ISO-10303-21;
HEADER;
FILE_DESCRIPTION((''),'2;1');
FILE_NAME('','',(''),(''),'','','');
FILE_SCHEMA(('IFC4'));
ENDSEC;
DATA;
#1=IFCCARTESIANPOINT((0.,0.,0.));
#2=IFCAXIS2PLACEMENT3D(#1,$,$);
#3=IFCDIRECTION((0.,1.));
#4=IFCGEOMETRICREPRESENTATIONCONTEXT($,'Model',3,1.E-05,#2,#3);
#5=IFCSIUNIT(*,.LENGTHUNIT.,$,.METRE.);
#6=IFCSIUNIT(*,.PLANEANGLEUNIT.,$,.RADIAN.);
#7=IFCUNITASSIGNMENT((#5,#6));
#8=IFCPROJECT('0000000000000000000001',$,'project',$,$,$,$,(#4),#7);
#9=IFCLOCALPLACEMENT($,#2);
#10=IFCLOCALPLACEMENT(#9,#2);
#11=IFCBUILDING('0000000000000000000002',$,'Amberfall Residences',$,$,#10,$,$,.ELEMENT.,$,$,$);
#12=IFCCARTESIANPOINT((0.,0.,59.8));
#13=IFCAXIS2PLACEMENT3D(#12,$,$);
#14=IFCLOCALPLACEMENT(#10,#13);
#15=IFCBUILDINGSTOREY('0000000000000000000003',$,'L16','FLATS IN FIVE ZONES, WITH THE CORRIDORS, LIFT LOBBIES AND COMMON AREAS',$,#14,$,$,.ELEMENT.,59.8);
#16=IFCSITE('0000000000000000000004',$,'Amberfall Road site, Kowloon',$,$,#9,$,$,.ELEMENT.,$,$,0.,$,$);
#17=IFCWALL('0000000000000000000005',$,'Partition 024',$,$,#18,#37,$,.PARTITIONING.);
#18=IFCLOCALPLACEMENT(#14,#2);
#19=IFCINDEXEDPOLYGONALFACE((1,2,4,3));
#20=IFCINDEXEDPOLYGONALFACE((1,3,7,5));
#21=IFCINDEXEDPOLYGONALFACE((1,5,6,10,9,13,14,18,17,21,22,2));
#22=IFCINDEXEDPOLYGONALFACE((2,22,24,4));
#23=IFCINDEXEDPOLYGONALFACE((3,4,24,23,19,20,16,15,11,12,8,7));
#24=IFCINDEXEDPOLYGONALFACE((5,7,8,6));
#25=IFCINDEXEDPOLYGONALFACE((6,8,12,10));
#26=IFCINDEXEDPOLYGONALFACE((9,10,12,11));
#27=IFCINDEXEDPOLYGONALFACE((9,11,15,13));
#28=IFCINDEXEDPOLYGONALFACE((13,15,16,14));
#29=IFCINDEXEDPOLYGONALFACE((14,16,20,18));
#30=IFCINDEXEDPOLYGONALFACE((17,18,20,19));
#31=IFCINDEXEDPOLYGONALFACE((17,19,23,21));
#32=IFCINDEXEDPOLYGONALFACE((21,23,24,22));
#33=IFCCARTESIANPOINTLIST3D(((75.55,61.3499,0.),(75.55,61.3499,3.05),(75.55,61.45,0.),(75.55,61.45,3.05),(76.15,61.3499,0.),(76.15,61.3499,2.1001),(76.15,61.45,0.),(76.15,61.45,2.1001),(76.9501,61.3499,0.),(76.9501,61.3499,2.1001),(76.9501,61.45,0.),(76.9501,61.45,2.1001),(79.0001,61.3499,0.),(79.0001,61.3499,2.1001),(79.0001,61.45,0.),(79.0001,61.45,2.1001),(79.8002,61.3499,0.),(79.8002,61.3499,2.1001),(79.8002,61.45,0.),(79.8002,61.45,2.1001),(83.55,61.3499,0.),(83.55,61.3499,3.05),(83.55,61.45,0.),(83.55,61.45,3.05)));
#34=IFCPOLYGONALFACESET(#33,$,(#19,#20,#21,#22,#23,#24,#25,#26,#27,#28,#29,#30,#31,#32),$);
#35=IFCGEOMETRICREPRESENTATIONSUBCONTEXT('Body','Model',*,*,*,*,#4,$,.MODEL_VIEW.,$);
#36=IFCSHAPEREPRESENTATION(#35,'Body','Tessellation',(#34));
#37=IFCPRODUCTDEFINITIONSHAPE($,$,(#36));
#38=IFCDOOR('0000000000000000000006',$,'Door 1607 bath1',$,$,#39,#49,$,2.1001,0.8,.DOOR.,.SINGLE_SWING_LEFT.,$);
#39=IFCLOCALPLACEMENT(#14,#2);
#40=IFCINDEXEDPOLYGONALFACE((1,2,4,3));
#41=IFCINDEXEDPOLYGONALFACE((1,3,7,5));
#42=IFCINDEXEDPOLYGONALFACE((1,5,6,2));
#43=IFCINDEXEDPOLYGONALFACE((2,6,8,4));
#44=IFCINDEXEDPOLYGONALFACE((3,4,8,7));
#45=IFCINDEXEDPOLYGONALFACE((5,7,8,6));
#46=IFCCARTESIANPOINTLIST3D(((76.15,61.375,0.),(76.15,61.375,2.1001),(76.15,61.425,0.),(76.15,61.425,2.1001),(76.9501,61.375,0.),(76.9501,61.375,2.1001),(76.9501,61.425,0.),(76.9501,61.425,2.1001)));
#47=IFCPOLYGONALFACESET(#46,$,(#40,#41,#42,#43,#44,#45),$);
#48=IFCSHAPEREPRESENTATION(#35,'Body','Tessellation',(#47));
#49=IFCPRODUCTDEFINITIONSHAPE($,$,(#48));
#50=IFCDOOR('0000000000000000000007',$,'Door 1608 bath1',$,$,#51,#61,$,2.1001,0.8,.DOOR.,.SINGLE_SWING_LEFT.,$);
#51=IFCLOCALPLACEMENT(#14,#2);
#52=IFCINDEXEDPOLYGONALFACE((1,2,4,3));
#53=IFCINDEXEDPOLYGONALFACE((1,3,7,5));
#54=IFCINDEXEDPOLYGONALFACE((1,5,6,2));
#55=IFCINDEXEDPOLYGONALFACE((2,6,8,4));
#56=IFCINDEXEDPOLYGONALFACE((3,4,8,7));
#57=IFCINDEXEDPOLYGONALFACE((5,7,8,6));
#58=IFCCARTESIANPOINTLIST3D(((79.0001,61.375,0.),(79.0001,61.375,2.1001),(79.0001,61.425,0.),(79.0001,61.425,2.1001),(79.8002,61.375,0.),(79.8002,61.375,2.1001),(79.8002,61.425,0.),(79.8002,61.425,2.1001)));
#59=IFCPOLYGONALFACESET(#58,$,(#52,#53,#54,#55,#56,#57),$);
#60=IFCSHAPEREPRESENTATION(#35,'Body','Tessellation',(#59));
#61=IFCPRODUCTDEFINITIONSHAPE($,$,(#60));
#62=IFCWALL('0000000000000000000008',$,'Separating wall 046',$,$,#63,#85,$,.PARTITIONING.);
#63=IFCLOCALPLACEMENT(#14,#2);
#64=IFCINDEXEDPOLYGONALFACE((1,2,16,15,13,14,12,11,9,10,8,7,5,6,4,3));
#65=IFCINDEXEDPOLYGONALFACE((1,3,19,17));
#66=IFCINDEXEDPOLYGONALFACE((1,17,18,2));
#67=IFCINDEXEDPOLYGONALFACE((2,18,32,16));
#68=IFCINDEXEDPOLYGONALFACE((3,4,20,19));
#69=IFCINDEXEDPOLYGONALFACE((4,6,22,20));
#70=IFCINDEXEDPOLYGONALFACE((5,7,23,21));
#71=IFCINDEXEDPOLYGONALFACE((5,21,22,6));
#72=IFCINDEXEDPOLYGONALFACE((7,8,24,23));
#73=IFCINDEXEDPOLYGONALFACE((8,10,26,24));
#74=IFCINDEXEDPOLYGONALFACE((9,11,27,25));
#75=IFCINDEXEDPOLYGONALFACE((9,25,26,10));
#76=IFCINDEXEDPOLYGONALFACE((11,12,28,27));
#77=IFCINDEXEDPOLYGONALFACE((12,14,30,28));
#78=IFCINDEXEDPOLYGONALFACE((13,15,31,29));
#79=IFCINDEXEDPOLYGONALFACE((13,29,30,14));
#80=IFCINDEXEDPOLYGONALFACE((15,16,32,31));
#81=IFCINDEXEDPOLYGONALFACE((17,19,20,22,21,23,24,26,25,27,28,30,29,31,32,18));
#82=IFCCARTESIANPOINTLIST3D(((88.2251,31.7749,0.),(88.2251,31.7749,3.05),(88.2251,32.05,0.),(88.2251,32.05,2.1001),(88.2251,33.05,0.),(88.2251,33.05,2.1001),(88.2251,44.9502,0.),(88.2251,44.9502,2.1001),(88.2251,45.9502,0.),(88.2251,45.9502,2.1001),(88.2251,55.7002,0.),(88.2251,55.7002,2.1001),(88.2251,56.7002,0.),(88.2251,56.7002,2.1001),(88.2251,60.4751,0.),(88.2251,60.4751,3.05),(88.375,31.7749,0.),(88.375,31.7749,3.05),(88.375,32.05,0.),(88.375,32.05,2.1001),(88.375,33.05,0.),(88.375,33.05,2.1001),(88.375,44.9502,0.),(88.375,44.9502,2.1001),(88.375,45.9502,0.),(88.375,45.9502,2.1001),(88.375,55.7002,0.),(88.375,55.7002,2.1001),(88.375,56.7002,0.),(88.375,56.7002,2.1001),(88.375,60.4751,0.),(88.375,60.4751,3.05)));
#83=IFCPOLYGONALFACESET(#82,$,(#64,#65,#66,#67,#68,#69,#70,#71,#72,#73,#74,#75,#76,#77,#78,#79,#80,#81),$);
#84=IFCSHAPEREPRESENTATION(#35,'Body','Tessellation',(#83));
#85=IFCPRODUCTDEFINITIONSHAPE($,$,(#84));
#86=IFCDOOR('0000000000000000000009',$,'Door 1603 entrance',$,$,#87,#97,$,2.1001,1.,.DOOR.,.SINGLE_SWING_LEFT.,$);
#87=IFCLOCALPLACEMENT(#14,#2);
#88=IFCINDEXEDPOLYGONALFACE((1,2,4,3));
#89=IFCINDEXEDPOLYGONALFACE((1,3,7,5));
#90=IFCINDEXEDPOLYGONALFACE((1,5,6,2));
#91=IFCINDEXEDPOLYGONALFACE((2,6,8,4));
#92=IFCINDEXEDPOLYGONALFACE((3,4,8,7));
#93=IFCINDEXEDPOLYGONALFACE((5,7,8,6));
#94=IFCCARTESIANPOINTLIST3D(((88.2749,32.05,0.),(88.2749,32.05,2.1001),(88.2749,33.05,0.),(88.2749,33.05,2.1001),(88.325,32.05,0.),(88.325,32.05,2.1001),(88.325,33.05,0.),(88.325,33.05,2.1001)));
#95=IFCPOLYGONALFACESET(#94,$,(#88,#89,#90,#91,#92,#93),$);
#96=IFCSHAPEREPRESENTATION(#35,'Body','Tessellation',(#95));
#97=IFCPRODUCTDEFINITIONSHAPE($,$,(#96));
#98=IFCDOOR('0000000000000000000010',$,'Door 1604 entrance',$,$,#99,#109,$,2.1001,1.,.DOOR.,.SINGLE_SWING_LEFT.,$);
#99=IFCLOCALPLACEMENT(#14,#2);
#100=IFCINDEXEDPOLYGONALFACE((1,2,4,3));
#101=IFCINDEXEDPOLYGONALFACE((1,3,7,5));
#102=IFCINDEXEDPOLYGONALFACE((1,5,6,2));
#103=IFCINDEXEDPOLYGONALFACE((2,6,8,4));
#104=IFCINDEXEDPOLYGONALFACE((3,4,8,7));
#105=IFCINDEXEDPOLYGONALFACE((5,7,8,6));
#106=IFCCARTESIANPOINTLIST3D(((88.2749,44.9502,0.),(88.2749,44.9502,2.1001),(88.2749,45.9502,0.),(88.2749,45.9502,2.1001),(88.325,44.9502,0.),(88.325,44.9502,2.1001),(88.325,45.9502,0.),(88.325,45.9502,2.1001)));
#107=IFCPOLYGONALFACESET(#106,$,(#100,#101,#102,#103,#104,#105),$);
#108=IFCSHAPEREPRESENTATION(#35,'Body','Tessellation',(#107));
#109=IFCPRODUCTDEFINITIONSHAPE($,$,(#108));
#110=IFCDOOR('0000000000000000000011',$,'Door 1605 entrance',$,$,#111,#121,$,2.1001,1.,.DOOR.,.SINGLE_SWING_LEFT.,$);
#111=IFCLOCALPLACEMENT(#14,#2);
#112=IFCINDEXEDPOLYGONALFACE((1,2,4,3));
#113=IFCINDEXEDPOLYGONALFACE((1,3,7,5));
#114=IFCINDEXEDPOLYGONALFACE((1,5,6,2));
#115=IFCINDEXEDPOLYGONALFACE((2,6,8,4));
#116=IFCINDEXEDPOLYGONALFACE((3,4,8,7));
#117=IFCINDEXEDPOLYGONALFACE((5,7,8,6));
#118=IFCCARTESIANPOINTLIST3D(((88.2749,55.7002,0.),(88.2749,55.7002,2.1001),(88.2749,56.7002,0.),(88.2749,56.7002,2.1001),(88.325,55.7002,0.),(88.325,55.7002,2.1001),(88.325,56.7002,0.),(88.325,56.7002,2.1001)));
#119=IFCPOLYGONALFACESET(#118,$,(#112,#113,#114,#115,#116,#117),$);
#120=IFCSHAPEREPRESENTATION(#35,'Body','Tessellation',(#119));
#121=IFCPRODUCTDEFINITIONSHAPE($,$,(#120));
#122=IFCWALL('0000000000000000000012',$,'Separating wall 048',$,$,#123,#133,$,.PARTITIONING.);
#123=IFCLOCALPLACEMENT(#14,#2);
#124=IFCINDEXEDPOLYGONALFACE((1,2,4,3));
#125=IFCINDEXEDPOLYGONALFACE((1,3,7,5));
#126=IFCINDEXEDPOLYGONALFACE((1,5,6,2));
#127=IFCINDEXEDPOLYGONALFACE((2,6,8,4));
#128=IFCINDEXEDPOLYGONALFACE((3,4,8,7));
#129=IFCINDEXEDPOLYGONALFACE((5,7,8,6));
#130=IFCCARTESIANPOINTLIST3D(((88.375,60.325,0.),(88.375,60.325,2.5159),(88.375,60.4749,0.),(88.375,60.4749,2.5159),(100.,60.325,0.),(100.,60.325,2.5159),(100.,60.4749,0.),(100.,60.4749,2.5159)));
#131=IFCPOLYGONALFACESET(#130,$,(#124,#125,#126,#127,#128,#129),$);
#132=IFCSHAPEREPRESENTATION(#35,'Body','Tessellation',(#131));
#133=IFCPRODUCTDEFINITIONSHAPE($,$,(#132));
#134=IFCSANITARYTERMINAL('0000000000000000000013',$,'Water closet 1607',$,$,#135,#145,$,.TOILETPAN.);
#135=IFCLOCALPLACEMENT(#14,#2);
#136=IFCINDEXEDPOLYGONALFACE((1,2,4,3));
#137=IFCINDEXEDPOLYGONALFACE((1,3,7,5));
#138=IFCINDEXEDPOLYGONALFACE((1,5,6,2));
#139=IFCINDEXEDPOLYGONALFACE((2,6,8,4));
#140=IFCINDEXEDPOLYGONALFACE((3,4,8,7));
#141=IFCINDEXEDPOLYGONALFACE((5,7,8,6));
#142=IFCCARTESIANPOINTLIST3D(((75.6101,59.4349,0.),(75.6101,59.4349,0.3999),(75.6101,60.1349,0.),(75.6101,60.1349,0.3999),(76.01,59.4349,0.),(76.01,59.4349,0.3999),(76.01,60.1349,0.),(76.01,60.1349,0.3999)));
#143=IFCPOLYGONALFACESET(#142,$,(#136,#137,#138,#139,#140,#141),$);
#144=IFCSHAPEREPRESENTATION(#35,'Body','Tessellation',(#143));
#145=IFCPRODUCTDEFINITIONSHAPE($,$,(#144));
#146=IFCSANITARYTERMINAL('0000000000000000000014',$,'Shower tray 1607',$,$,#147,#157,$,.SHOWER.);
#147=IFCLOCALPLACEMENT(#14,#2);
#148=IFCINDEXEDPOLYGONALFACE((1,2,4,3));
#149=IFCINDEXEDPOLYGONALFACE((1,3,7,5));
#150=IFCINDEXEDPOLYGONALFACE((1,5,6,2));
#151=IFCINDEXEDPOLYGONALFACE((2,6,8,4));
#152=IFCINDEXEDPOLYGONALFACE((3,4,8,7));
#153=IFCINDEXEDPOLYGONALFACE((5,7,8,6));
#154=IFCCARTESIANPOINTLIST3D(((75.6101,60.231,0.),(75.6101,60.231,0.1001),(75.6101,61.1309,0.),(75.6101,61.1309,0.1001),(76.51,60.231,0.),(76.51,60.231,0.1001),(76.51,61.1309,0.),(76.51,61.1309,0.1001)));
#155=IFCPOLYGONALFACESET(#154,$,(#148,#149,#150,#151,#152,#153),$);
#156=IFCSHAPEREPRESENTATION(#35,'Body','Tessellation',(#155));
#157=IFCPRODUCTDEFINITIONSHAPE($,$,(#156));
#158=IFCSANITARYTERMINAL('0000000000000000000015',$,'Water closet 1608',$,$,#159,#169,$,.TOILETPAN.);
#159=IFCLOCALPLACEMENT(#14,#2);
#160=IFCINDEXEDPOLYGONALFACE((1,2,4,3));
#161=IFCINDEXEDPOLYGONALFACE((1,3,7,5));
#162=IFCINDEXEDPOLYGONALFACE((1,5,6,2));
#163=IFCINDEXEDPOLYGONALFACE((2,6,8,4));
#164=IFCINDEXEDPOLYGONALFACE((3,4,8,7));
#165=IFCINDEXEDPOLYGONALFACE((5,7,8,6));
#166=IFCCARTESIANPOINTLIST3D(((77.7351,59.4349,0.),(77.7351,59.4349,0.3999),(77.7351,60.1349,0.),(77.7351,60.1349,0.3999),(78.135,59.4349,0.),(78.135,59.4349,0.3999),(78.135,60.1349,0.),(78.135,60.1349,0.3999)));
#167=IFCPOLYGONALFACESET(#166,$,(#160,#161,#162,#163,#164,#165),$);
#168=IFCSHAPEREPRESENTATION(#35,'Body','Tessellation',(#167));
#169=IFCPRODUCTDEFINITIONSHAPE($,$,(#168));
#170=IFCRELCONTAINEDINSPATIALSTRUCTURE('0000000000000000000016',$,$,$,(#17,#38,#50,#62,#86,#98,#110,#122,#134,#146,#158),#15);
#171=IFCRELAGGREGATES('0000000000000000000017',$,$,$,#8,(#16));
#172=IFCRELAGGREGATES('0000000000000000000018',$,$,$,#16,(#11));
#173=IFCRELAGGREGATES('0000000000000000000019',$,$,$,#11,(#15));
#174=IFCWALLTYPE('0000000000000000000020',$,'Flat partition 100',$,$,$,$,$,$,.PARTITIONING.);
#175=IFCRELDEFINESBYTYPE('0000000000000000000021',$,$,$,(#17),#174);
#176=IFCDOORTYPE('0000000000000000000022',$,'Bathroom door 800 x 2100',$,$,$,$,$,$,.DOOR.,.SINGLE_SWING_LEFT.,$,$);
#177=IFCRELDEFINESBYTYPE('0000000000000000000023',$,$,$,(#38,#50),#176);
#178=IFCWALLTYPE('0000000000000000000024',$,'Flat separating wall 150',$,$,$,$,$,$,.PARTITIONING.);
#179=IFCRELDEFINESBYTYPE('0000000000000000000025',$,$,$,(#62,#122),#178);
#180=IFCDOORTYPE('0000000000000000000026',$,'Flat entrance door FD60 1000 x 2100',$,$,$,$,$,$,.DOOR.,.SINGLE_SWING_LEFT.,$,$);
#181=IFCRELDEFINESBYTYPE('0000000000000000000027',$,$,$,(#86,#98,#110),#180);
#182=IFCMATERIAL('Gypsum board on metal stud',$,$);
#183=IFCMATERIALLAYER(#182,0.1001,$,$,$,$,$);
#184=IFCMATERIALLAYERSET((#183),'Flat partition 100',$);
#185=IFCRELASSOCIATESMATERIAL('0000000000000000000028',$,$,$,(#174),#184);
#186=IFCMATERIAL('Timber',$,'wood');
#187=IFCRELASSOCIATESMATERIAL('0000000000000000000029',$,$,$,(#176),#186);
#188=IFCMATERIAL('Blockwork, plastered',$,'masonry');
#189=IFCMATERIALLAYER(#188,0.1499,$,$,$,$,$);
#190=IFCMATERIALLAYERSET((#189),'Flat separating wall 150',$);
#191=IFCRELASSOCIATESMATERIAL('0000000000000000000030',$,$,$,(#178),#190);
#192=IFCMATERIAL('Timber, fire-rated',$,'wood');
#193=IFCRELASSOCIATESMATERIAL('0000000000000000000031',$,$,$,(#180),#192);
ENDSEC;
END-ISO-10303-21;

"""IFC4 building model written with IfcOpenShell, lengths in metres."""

from ifc_helpers import new_model, si_unit, direction, frame, frame_2d, origin, origin_2d, place, context, subcontext, project, spatial, rectangle, extrude, material, layer, layer_set, type_object, element, fill, save


model = new_model("IFC4")

# Units and contexts
model_context = context("Model", 3, precision=1e-05, world=origin(), true_north=direction((0.0, 1.0)))
body_context = subcontext(model_context, "Body", "Model", "MODEL_VIEW")
ifc_project = project(units=[si_unit("LENGTHUNIT", "METRE"), si_unit("PLANEANGLEUNIT", "RADIAN")], contexts=[model_context])

# Site, building, storey
site_placement = place(None, origin())
site = spatial("IfcSite", under=ifc_project, at=site_placement, Name="Amberfall Road site, Kowloon", CompositionType="ELEMENT", RefElevation=0.0)
building_placement = place(site_placement, origin())
building = spatial("IfcBuilding", under=site, at=building_placement, Name="Amberfall Residences", CompositionType="ELEMENT")
storey_placement = place(building_placement, frame((0.0, 0.0, 59.8)))
storey = spatial("IfcBuildingStorey", under=building, at=storey_placement, Name="L16", Description="FLATS IN FIVE ZONES, WITH THE CORRIDORS, LIFT LOBBIES AND COMMON AREAS", CompositionType="ELEMENT", Elevation=59.8)

# Walls, openings, doors
ifc_material_1 = material(Name="Gypsum board on metal stud")
ifc_layer_1 = layer(ifc_material_1, 0.1001)
ifc_layer_set_1 = layer_set([ifc_layer_1], Name="Flat partition 100")
wall_type_1 = type_object("IfcWallType", Name="Flat partition 100", PredefinedType="PARTITIONING", material=ifc_layer_set_1)
wall_1_placement = place(storey_placement, frame((83.55, 61.3999, 0.0), z_axis=(0.0, 0.0, 1.0), x_axis=(-1.0, 0.0, 0.0)))
wall_1 = element("IfcWall", 1, at=wall_1_placement, inside=storey, type_object=wall_type_1, Name="Partition 024", PredefinedType="PARTITIONING", context=body_context, shape_type="SweptSolid", body=[
    extrude(rectangle(XDim=8.0, YDim=0.1001, at=frame_2d((4.0, 0.0))), origin(), (0.0, 0.0, 1.0), 3.05),
])
opening_1_placement = place(wall_1_placement, frame((6.6001, 0.0, 0.0)))
opening_1 = element("IfcOpeningElement", 2, at=opening_1_placement, cuts=wall_1, PredefinedType="OPENING", context=body_context, shape_type="SweptSolid", body=[
    extrude(rectangle(XDim=0.8, YDim=2.1001, at=frame_2d((0.3999, 1.05))), frame((0.0, 0.0601, 0.0), z_axis=(0.0, -1.0, 0.0), x_axis=(1.0, 0.0, 0.0)), (0.0, 0.0, 1.0), 0.1201),
])
opening_2_placement = place(wall_1_placement, frame((3.75, 0.0, 0.0)))
opening_2 = element("IfcOpeningElement", 3, at=opening_2_placement, cuts=wall_1, PredefinedType="OPENING", context=body_context, shape_type="SweptSolid", body=[
    extrude(rectangle(XDim=0.8, YDim=2.1001, at=frame_2d((0.3999, 1.05))), frame((0.0, 0.0601, 0.0), z_axis=(0.0, -1.0, 0.0), x_axis=(1.0, 0.0, 0.0)), (0.0, 0.0, 1.0), 0.1201),
])
ifc_material_2 = material(Name="Timber", Category="wood")
door_type_1 = type_object("IfcDoorType", Name="Bathroom door 800 x 2100", OperationType="SINGLE_SWING_LEFT", PredefinedType="DOOR", material=ifc_material_2)
door_1_placement = place(opening_1_placement, origin())
door_1 = element("IfcDoor", 4, at=door_1_placement, inside=storey, type_object=door_type_1, Name="Door 1607 bath1", OperationType="SINGLE_SWING_LEFT", OverallHeight=2.1001, OverallWidth=0.8, PredefinedType="DOOR", context=body_context, shape_type="SweptSolid", body=[
    extrude(rectangle(XDim=0.8, YDim=2.1001, at=frame_2d((0.3999, 1.05))), frame((0.0, 0.0249, 0.0), z_axis=(0.0, -1.0, 0.0), x_axis=(1.0, 0.0, 0.0)), (0.0, 0.0, 1.0), 0.05),
])
fill(opening_1, door_1)
door_2_placement = place(opening_2_placement, origin())
door_2 = element("IfcDoor", 5, at=door_2_placement, inside=storey, type_object=door_type_1, Name="Door 1608 bath1", OperationType="SINGLE_SWING_LEFT", OverallHeight=2.1001, OverallWidth=0.8, PredefinedType="DOOR", context=body_context, shape_type="SweptSolid", body=[
    extrude(rectangle(XDim=0.8, YDim=2.1001, at=frame_2d((0.3999, 1.05))), frame((0.0, 0.0249, 0.0), z_axis=(0.0, -1.0, 0.0), x_axis=(1.0, 0.0, 0.0)), (0.0, 0.0, 1.0), 0.05),
])
fill(opening_2, door_2)
ifc_material_3 = material(Name="Blockwork, plastered", Category="masonry")
ifc_layer_2 = layer(ifc_material_3, 0.1499)
ifc_layer_set_2 = layer_set([ifc_layer_2], Name="Flat separating wall 150")
wall_type_2 = type_object("IfcWallType", Name="Flat separating wall 150", PredefinedType="PARTITIONING", material=ifc_layer_set_2)
wall_2_placement = place(storey_placement, frame((88.3, 60.4751, 0.0), z_axis=(0.0, 0.0, 1.0), x_axis=(0.0, -1.0, 0.0)))
wall_2 = element("IfcWall", 6, at=wall_2_placement, inside=storey, type_object=wall_type_2, Name="Separating wall 046", PredefinedType="PARTITIONING", context=body_context, shape_type="SweptSolid", body=[
    extrude(rectangle(XDim=28.7002, YDim=0.1499, at=frame_2d((14.3501, 0.0))), origin(), (0.0, 0.0, 1.0), 3.05),
])
opening_3_placement = place(wall_2_placement, frame((27.425, 0.0, 0.0)))
opening_3 = element("IfcOpeningElement", 7, at=opening_3_placement, cuts=wall_2, PredefinedType="OPENING", context=body_context, shape_type="SweptSolid", body=[
    extrude(rectangle(XDim=1.0, YDim=2.1001, at=frame_2d((0.5, 1.05))), frame((0.0, 0.085, 0.0), z_axis=(0.0, -1.0, 0.0), x_axis=(1.0, 0.0, 0.0)), (0.0, 0.0, 1.0), 0.1699),
])
opening_4_placement = place(wall_2_placement, frame((14.5249, 0.0, 0.0)))
opening_4 = element("IfcOpeningElement", 8, at=opening_4_placement, cuts=wall_2, PredefinedType="OPENING", context=body_context, shape_type="SweptSolid", body=[
    extrude(rectangle(XDim=1.0, YDim=2.1001, at=frame_2d((0.5, 1.05))), frame((0.0, 0.085, 0.0), z_axis=(0.0, -1.0, 0.0), x_axis=(1.0, 0.0, 0.0)), (0.0, 0.0, 1.0), 0.1699),
])
opening_5_placement = place(wall_2_placement, frame((3.7749, 0.0, 0.0)))
opening_5 = element("IfcOpeningElement", 9, at=opening_5_placement, cuts=wall_2, PredefinedType="OPENING", context=body_context, shape_type="SweptSolid", body=[
    extrude(rectangle(XDim=1.0, YDim=2.1001, at=frame_2d((0.5, 1.05))), frame((0.0, 0.085, 0.0), z_axis=(0.0, -1.0, 0.0), x_axis=(1.0, 0.0, 0.0)), (0.0, 0.0, 1.0), 0.1699),
])
ifc_material_4 = material(Name="Timber, fire-rated", Category="wood")
door_type_2 = type_object("IfcDoorType", Name="Flat entrance door FD60 1000 x 2100", OperationType="SINGLE_SWING_LEFT", PredefinedType="DOOR", material=ifc_material_4)
door_3_placement = place(opening_3_placement, origin())
door_3 = element("IfcDoor", 10, at=door_3_placement, inside=storey, type_object=door_type_2, Name="Door 1603 entrance", OperationType="SINGLE_SWING_LEFT", OverallHeight=2.1001, OverallWidth=1.0, PredefinedType="DOOR", context=body_context, shape_type="SweptSolid", body=[
    extrude(rectangle(XDim=1.0, YDim=2.1001, at=frame_2d((0.5, 1.05))), frame((0.0, 0.0249, 0.0), z_axis=(0.0, -1.0, 0.0), x_axis=(1.0, 0.0, 0.0)), (0.0, 0.0, 1.0), 0.05),
])
fill(opening_3, door_3)
door_4_placement = place(opening_4_placement, origin())
door_4 = element("IfcDoor", 11, at=door_4_placement, inside=storey, type_object=door_type_2, Name="Door 1604 entrance", OperationType="SINGLE_SWING_LEFT", OverallHeight=2.1001, OverallWidth=1.0, PredefinedType="DOOR", context=body_context, shape_type="SweptSolid", body=[
    extrude(rectangle(XDim=1.0, YDim=2.1001, at=frame_2d((0.5, 1.05))), frame((0.0, 0.0249, 0.0), z_axis=(0.0, -1.0, 0.0), x_axis=(1.0, 0.0, 0.0)), (0.0, 0.0, 1.0), 0.05),
])
fill(opening_4, door_4)
door_5_placement = place(opening_5_placement, origin())
door_5 = element("IfcDoor", 12, at=door_5_placement, inside=storey, type_object=door_type_2, Name="Door 1605 entrance", OperationType="SINGLE_SWING_LEFT", OverallHeight=2.1001, OverallWidth=1.0, PredefinedType="DOOR", context=body_context, shape_type="SweptSolid", body=[
    extrude(rectangle(XDim=1.0, YDim=2.1001, at=frame_2d((0.5, 1.05))), frame((0.0, 0.0249, 0.0), z_axis=(0.0, -1.0, 0.0), x_axis=(1.0, 0.0, 0.0)), (0.0, 0.0, 1.0), 0.05),
])
fill(opening_5, door_5)

# Wall
wall_3_placement = place(storey_placement, frame((88.375, 60.3999, 0.0), z_axis=(0.0, 0.0, 1.0), x_axis=(1.0, 0.0, 0.0)))
element("IfcWall", 13, at=wall_3_placement, inside=storey, type_object=wall_type_2, Name="Separating wall 048", PredefinedType="PARTITIONING", context=body_context, shape_type="SweptSolid", body=[
    extrude(rectangle(XDim=11.625, YDim=0.1499, at=frame_2d((5.8125, 0.0))), origin(), (0.0, 0.0, 1.0), 2.5159),
])

# Sanitary terminals
sanitary_terminal_1_placement = place(storey_placement, frame((75.8101, 59.7849, 0.0), z_axis=(0.0, 0.0, 1.0), x_axis=(1.0, 0.0, 0.0)))
element("IfcSanitaryTerminal", 14, at=sanitary_terminal_1_placement, inside=storey, Name="Water closet 1607", PredefinedType="TOILETPAN", context=body_context, shape_type="SweptSolid", body=[
    extrude(rectangle(XDim=0.3999, YDim=0.7, at=origin_2d()), origin(), (0.0, 0.0, 1.0), 0.3999),
])
sanitary_terminal_2_placement = place(storey_placement, frame((76.0601, 60.6809, 0.0), z_axis=(0.0, 0.0, 1.0), x_axis=(1.0, 0.0, 0.0)))
element("IfcSanitaryTerminal", 15, at=sanitary_terminal_2_placement, inside=storey, Name="Shower tray 1607", PredefinedType="SHOWER", context=body_context, shape_type="SweptSolid", body=[
    extrude(rectangle(XDim=0.8999, YDim=0.8999, at=origin_2d()), origin(), (0.0, 0.0, 1.0), 0.1001),
])
sanitary_terminal_3_placement = place(storey_placement, frame((77.9351, 59.7849, 0.0), z_axis=(0.0, 0.0, 1.0), x_axis=(1.0, 0.0, 0.0)))
element("IfcSanitaryTerminal", 16, at=sanitary_terminal_3_placement, inside=storey, Name="Water closet 1608", PredefinedType="TOILETPAN", context=body_context, shape_type="SweptSolid", body=[
    extrude(rectangle(XDim=0.3999, YDim=0.7, at=origin_2d()), origin(), (0.0, 0.0, 1.0), 0.3999),
])

save(model, "model.ifc")
